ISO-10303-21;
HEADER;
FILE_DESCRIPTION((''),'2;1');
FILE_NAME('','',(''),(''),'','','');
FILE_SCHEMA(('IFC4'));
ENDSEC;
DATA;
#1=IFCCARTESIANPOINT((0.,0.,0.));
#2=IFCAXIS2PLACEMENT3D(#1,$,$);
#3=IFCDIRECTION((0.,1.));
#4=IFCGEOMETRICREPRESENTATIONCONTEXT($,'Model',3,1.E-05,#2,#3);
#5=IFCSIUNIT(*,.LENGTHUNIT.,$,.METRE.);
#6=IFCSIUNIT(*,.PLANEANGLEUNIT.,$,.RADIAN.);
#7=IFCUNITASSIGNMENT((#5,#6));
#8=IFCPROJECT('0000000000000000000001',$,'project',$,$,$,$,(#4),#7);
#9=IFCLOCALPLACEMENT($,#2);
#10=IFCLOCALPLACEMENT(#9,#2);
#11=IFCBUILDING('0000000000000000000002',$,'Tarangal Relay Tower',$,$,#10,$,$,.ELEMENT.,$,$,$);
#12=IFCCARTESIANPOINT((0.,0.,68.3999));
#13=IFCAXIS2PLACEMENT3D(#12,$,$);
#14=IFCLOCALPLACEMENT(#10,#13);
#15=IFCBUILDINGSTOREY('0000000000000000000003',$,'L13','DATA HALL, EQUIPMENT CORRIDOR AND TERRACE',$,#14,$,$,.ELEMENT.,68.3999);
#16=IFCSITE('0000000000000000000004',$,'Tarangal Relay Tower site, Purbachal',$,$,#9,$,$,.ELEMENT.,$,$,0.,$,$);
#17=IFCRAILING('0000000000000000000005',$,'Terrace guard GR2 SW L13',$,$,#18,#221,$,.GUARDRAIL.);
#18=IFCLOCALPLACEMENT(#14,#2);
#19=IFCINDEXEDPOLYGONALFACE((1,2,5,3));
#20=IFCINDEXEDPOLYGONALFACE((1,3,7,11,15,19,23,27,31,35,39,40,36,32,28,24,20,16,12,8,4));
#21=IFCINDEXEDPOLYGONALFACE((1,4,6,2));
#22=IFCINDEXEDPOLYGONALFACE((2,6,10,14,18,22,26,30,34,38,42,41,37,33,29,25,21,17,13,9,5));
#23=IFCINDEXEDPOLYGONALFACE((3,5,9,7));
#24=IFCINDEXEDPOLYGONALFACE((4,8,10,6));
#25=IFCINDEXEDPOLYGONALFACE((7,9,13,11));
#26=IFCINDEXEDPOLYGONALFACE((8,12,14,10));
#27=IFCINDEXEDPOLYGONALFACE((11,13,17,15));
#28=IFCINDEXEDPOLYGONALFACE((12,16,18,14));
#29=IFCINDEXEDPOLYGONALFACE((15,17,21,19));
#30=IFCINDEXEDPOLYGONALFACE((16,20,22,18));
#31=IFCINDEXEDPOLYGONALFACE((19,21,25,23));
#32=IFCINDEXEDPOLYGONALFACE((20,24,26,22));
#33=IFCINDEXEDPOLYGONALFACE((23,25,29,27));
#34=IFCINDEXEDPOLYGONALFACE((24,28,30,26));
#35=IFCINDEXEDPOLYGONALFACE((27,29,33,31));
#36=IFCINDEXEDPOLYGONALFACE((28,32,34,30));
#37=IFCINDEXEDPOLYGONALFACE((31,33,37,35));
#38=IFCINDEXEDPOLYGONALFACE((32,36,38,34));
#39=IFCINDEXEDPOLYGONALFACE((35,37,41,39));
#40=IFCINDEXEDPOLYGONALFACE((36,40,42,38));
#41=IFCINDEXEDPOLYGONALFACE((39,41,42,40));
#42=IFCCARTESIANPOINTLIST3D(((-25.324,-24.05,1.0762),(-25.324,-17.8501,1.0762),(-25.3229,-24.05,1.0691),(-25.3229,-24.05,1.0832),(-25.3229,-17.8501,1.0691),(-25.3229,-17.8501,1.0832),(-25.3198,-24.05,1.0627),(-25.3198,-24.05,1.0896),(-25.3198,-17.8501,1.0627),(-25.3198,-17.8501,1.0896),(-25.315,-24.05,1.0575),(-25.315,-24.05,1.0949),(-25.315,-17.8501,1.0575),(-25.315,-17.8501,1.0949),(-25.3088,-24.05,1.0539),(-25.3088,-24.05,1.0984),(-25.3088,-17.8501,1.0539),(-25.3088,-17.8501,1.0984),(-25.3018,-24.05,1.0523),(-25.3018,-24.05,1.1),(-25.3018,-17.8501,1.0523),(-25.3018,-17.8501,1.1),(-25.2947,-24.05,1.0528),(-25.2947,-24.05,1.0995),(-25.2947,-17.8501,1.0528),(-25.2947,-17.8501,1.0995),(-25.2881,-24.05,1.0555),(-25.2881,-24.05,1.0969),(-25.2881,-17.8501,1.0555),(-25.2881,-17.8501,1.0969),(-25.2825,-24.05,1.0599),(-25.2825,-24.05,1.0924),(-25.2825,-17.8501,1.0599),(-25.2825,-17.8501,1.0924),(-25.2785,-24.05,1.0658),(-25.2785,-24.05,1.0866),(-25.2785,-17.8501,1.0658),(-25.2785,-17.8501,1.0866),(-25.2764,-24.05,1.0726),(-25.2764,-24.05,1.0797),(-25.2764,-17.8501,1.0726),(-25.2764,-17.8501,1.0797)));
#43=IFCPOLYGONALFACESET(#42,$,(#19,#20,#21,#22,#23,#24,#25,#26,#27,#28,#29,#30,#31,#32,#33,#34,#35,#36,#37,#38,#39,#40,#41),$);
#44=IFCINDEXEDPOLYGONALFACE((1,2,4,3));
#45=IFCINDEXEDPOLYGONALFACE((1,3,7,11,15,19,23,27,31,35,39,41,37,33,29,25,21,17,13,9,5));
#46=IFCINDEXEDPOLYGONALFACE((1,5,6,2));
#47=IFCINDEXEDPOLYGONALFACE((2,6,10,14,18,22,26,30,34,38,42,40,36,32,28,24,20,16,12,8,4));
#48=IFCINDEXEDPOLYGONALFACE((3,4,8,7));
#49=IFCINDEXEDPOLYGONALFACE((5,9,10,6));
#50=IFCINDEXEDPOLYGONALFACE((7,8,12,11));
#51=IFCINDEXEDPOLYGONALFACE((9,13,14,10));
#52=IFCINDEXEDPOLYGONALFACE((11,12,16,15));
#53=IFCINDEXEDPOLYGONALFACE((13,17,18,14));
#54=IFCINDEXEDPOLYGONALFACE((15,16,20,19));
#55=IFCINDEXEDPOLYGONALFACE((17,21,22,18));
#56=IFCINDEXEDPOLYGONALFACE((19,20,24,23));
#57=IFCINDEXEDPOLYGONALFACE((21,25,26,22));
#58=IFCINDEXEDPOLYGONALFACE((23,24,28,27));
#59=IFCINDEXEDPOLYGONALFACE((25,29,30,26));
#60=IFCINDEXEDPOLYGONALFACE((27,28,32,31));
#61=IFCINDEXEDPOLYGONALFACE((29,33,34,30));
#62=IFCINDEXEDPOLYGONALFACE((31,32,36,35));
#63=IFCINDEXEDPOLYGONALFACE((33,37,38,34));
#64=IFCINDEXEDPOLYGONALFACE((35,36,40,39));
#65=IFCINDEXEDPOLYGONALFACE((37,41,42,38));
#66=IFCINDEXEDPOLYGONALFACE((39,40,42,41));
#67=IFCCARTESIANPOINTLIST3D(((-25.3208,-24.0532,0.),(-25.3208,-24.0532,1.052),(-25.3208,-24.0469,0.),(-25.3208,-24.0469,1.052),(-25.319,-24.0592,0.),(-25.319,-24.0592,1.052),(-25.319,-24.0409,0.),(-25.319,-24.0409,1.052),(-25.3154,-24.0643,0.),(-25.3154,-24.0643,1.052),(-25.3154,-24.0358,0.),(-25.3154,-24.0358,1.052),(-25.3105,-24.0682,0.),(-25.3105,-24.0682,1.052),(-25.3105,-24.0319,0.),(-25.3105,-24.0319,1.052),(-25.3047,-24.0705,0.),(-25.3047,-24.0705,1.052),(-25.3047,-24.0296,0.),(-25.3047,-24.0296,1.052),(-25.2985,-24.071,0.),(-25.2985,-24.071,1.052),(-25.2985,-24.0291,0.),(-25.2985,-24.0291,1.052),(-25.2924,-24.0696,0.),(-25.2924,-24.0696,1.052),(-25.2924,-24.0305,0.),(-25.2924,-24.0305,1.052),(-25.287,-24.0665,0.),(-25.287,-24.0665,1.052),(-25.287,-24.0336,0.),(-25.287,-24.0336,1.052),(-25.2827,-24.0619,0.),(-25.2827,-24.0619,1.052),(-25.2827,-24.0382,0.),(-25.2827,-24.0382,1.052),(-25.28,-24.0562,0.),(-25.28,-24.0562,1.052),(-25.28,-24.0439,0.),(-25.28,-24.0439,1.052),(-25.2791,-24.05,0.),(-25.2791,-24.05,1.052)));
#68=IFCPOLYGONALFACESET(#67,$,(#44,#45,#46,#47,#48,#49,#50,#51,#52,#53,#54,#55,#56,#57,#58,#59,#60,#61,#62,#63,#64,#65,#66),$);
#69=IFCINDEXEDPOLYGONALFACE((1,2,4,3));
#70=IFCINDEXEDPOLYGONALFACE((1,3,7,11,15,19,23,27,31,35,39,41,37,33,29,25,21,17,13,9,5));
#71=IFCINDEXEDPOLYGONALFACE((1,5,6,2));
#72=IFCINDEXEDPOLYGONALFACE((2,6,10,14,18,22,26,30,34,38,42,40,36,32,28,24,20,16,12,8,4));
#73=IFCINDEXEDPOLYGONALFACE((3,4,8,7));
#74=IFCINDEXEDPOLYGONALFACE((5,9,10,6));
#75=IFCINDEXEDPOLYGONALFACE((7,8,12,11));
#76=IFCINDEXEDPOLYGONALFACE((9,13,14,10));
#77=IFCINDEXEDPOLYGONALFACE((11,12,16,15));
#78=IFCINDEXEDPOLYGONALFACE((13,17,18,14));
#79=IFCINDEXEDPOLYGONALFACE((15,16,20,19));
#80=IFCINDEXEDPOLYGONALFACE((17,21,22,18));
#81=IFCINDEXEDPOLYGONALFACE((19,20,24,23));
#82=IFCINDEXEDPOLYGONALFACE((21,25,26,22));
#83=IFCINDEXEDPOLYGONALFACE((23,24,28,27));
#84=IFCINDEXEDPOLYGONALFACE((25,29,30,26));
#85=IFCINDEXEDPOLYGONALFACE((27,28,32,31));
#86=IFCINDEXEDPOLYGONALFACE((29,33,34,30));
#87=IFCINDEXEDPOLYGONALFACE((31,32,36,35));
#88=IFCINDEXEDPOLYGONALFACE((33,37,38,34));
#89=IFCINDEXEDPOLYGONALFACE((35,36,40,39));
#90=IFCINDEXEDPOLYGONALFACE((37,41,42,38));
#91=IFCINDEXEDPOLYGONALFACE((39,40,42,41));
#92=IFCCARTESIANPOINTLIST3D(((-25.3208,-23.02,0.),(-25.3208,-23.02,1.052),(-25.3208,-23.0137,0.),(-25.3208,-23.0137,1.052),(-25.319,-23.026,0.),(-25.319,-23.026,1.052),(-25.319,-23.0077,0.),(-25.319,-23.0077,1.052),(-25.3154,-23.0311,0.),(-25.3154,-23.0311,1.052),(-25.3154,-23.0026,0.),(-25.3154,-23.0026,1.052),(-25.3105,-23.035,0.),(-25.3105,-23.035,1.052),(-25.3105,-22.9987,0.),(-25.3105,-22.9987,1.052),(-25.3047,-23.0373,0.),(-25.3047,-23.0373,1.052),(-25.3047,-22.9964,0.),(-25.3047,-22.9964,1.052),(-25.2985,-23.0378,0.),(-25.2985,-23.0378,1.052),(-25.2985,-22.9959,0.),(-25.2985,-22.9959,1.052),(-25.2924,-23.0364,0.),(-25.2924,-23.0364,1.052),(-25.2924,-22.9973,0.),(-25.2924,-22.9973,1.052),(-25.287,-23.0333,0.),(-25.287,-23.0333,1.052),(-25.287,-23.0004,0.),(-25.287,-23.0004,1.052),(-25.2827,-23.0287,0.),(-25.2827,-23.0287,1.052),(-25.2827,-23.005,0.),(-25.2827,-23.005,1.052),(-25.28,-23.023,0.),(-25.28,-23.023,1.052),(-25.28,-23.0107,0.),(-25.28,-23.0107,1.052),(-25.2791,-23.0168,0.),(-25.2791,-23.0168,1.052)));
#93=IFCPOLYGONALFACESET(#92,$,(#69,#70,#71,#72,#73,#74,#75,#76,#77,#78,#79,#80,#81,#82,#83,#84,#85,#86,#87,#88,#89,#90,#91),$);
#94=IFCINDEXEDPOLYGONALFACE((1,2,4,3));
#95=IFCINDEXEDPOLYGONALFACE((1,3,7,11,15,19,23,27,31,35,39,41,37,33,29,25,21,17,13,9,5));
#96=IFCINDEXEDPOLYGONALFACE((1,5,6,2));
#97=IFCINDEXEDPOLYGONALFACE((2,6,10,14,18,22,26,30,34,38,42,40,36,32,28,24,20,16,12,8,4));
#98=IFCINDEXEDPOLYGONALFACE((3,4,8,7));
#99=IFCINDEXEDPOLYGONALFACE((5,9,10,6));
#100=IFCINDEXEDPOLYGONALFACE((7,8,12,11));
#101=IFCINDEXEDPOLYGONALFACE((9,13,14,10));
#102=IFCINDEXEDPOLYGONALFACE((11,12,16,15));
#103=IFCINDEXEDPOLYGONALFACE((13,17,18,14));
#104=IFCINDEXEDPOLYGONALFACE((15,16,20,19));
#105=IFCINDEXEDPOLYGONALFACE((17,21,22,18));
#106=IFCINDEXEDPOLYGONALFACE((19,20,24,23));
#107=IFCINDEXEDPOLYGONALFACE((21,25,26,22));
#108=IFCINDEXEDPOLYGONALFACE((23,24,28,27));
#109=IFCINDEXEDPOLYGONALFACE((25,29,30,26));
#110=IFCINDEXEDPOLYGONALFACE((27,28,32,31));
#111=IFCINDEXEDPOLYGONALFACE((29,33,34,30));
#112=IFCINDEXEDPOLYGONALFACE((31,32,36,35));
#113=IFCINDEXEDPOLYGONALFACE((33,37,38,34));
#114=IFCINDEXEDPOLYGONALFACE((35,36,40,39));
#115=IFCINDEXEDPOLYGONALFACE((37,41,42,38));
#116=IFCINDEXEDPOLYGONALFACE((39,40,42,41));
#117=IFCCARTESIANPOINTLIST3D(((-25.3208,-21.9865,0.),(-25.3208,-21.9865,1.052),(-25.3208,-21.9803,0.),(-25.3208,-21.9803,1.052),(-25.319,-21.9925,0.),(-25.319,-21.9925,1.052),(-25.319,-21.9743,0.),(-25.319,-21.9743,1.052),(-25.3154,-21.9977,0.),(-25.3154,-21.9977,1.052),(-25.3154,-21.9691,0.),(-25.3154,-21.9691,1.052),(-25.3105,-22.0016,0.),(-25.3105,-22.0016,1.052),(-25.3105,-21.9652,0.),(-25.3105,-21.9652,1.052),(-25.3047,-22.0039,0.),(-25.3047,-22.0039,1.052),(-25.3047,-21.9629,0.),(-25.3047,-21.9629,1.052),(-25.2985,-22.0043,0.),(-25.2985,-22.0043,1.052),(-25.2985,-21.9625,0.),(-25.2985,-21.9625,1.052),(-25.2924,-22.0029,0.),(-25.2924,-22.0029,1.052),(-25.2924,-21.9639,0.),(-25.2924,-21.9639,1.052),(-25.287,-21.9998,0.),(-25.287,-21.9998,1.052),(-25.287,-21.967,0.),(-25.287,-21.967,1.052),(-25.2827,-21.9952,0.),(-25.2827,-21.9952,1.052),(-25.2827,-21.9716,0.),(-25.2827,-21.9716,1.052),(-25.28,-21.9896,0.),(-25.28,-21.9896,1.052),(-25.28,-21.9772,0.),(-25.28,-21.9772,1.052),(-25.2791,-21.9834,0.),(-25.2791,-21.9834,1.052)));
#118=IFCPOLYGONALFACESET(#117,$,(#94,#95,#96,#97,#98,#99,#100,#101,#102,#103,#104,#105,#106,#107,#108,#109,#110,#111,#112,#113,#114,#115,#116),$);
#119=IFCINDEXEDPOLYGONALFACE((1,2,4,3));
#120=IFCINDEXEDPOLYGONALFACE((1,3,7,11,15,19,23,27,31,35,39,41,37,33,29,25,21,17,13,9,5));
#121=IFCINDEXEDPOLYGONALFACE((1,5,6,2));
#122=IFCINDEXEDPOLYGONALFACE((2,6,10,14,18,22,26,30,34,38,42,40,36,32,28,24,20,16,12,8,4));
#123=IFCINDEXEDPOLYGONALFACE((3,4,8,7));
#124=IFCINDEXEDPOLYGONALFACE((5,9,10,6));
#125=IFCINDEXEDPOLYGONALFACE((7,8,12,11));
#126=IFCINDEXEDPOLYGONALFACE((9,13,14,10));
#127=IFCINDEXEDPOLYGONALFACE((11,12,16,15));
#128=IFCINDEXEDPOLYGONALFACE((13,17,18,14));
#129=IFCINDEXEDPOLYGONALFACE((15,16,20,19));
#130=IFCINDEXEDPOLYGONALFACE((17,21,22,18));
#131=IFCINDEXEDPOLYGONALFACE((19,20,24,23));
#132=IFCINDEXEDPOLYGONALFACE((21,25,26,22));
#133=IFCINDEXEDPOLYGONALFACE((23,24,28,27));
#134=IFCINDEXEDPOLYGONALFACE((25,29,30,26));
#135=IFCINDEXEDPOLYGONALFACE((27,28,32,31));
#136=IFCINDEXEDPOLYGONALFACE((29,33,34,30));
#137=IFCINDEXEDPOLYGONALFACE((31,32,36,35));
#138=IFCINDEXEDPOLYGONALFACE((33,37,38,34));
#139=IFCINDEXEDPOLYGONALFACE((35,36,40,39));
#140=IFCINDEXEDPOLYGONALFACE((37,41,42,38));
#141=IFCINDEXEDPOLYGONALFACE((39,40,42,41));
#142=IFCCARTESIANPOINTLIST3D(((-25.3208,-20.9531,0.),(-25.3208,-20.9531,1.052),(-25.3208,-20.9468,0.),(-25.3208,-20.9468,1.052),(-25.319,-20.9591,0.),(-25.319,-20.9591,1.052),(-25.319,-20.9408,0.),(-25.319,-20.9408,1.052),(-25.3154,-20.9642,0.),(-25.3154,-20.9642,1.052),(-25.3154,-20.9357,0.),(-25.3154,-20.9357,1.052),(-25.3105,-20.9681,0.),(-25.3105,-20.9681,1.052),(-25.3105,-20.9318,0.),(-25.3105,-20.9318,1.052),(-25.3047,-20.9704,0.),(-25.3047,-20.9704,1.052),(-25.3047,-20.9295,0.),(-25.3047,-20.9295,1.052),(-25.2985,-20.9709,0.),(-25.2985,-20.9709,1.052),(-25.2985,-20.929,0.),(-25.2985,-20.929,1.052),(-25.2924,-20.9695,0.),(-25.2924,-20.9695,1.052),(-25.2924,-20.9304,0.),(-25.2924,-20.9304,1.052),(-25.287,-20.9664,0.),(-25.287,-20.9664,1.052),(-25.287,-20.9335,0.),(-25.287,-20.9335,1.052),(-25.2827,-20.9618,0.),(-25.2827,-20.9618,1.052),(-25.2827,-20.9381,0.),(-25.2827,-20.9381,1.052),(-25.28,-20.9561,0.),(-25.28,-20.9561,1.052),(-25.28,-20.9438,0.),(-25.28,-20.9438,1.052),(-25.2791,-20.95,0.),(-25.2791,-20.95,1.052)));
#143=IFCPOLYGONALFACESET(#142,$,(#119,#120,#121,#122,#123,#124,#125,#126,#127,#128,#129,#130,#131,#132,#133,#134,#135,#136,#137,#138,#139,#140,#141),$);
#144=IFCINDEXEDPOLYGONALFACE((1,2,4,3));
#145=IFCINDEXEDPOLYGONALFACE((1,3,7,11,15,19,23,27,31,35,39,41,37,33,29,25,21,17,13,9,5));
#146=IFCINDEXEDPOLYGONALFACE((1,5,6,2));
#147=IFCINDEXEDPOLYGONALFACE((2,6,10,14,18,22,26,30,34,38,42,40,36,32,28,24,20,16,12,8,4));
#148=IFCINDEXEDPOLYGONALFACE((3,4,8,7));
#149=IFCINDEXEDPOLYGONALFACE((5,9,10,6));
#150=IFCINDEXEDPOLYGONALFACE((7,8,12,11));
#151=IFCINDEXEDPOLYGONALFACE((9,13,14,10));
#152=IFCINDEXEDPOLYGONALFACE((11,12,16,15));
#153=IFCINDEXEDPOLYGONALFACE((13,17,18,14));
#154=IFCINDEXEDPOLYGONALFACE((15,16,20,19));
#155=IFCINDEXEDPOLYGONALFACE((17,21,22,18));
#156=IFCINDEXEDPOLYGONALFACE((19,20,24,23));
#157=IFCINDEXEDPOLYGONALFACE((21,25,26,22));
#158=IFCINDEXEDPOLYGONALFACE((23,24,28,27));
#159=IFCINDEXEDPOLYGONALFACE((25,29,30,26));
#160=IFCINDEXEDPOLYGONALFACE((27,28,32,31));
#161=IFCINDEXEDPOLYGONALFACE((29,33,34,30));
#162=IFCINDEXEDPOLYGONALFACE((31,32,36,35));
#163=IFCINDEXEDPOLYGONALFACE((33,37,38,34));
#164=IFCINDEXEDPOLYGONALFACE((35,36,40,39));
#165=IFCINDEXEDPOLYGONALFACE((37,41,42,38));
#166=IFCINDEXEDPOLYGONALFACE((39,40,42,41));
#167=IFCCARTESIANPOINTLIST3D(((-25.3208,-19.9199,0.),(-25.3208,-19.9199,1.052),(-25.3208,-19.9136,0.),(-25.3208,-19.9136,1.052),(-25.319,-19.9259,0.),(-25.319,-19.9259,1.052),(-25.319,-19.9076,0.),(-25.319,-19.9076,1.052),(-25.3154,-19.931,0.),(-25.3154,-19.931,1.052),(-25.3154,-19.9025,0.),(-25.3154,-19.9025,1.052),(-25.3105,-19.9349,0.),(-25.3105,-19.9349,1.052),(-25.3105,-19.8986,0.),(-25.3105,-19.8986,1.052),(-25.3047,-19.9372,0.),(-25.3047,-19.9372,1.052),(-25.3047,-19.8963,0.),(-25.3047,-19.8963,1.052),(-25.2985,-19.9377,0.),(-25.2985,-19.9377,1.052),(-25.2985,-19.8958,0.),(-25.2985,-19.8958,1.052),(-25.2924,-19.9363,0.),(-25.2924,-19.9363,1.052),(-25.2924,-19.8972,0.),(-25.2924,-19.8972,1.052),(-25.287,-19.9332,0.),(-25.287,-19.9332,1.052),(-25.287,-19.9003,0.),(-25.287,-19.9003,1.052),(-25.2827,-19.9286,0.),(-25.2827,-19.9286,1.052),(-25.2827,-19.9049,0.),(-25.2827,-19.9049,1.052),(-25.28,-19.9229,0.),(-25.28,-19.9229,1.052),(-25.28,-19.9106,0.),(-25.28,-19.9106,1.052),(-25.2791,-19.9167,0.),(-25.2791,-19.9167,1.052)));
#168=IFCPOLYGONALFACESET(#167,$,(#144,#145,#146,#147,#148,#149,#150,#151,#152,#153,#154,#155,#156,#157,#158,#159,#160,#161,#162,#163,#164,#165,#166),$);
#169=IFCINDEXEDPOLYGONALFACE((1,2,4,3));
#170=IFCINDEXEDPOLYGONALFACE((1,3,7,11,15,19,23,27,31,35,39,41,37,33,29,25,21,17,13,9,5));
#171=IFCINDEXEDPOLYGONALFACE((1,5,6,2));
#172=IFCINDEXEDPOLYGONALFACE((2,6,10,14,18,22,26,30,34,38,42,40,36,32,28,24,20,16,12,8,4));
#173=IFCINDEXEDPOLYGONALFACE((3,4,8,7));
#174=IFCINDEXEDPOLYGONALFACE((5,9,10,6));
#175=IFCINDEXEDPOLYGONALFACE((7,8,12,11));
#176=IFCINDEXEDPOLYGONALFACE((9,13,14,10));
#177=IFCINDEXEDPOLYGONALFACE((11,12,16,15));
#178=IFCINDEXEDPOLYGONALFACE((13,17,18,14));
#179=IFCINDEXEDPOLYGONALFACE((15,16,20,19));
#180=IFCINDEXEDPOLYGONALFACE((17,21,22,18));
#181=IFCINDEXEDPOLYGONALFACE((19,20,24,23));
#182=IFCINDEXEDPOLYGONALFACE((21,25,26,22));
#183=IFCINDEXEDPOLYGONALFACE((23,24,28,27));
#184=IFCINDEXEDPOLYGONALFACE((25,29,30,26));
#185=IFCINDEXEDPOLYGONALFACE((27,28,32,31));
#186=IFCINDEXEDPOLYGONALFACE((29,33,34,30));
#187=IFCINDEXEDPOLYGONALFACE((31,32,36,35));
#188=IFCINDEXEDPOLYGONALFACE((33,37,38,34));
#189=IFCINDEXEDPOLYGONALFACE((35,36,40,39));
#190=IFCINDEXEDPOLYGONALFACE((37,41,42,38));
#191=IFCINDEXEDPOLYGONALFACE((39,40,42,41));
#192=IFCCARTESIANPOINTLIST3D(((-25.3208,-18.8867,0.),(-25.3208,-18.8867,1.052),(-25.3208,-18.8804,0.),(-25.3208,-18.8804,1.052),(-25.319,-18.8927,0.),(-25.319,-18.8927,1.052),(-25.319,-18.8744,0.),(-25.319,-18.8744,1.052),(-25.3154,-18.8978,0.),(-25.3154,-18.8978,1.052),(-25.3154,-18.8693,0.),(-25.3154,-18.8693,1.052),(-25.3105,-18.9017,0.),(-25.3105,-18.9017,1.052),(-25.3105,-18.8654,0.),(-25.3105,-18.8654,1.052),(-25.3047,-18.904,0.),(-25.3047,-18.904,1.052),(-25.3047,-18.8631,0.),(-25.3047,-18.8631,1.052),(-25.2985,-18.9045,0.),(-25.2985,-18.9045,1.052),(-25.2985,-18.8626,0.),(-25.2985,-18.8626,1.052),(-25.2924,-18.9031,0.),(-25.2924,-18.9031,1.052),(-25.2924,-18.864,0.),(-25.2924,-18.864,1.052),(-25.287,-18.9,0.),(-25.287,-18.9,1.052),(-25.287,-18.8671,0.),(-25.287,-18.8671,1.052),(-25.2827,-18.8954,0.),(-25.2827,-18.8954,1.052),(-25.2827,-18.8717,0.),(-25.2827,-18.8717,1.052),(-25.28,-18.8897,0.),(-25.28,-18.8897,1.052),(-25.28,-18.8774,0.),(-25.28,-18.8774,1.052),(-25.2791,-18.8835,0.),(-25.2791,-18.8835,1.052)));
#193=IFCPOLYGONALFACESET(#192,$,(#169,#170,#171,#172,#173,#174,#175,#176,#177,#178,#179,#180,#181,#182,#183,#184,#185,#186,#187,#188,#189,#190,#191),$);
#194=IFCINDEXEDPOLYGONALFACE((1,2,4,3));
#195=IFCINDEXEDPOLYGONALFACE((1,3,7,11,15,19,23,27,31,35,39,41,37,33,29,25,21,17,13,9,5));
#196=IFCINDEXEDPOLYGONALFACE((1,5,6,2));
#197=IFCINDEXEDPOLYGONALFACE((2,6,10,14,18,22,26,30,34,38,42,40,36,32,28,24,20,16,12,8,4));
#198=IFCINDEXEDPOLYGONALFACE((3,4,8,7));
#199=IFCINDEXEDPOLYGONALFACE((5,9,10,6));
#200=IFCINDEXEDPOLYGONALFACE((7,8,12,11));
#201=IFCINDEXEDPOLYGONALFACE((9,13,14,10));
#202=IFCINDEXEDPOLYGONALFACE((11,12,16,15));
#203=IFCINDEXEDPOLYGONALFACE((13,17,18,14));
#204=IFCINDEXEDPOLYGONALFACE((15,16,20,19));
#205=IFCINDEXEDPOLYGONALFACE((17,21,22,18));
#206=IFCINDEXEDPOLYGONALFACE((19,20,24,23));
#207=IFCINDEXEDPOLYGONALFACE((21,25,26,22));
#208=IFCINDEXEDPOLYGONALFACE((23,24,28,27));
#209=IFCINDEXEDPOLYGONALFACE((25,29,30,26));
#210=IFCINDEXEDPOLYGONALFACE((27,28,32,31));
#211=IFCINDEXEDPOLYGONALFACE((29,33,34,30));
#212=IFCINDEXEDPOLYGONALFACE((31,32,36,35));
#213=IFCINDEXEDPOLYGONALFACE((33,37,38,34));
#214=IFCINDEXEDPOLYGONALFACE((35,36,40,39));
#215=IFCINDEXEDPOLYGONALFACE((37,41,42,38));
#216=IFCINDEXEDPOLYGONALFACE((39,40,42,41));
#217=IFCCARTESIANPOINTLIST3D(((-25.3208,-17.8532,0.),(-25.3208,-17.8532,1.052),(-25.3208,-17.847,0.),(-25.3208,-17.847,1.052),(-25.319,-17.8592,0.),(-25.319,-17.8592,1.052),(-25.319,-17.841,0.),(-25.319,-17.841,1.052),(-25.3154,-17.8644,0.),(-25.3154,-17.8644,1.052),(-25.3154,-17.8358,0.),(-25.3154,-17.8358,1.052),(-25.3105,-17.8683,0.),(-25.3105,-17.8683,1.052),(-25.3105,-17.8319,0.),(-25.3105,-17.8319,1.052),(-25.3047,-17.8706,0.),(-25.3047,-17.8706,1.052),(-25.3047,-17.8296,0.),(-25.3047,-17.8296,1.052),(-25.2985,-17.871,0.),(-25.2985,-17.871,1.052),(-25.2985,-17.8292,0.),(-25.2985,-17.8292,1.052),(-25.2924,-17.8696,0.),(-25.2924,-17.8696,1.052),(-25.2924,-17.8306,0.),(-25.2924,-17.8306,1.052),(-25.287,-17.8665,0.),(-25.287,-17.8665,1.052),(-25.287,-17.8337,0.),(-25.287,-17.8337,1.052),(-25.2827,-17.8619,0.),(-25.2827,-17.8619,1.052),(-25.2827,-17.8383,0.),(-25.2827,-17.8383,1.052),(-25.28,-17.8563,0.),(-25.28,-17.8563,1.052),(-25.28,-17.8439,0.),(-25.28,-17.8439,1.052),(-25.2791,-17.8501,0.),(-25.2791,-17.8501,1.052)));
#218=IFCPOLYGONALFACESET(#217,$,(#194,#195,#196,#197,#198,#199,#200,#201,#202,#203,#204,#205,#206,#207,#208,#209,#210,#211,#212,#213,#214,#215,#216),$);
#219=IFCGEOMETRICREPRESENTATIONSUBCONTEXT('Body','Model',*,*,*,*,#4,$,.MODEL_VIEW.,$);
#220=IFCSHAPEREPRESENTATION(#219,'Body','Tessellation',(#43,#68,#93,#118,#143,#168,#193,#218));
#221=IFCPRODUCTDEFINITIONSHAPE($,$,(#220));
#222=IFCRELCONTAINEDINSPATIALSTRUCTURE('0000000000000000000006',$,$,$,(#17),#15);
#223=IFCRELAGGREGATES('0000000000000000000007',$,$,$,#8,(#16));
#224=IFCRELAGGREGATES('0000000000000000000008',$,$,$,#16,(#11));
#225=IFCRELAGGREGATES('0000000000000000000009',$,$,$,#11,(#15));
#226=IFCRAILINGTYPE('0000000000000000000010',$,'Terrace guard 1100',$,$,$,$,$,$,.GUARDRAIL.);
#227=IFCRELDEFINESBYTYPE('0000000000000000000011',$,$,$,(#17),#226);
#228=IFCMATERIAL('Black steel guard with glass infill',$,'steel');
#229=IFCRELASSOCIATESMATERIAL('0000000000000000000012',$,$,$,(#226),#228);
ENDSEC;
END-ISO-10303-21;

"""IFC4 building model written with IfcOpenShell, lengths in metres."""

from ifc_helpers import new_model, si_unit, direction, frame, origin, origin_2d, place, context, subcontext, project, spatial, circle, extrude, material, type_object, element, save


model = new_model("IFC4")

# Units and contexts
model_context = context("Model", 3, precision=1e-05, world=origin(), true_north=direction((0.0, 1.0)))
body_context = subcontext(model_context, "Body", "Model", "MODEL_VIEW")
ifc_project = project(units=[si_unit("LENGTHUNIT", "METRE"), si_unit("PLANEANGLEUNIT", "RADIAN")], contexts=[model_context])

# Site, building, storey
site_placement = place(None, origin())
site = spatial("IfcSite", under=ifc_project, at=site_placement, Name="Tarangal Relay Tower site, Purbachal", CompositionType="ELEMENT", RefElevation=0.0)
building_placement = place(site_placement, origin())
building = spatial("IfcBuilding", under=site, at=building_placement, Name="Tarangal Relay Tower", CompositionType="ELEMENT")
storey_placement = place(building_placement, frame((0.0, 0.0, 68.3999)))
storey = spatial("IfcBuildingStorey", under=building, at=storey_placement, Name="L13", Description="DATA HALL, EQUIPMENT CORRIDOR AND TERRACE", CompositionType="ELEMENT", Elevation=68.3999)

# Railing
ifc_material_1 = material(Name="Black steel guard with glass infill", Category="steel")
railing_type = type_object("IfcRailingType", Name="Terrace guard 1100", PredefinedType="GUARDRAIL", material=ifc_material_1)
railing_1_placement = place(storey_placement, frame((-25.3, -24.05, 0.0)))
element("IfcRailing", 1, at=railing_1_placement, inside=storey, type_object=railing_type, Name="Terrace guard GR2 SW L13", PredefinedType="GUARDRAIL", context=body_context, shape_type="SweptSolid", body=[
    extrude(circle(Radius=0.0239, at=origin_2d()), frame((0.0, 0.0, 1.0762), z_axis=(0.0, 1.0, 0.0), x_axis=(-1.0, 0.0, 0.0)), (0.0, 0.0, 1.0), 6.2),
    extrude(circle(Radius=0.021, at=origin_2d()), origin(), (0.0, 0.0, 1.0), 1.052),
    extrude(circle(Radius=0.021, at=origin_2d()), frame((0.0, 1.0332, 0.0)), (0.0, 0.0, 1.0), 1.052),
    extrude(circle(Radius=0.021, at=origin_2d()), frame((0.0, 2.0667, 0.0)), (0.0, 0.0, 1.0), 1.052),
    extrude(circle(Radius=0.021, at=origin_2d()), frame((0.0, 3.1001, 0.0)), (0.0, 0.0, 1.0), 1.052),
    extrude(circle(Radius=0.021, at=origin_2d()), frame((0.0, 4.1333, 0.0)), (0.0, 0.0, 1.0), 1.052),
    extrude(circle(Radius=0.021, at=origin_2d()), frame((0.0, 5.1665, 0.0)), (0.0, 0.0, 1.0), 1.052),
    extrude(circle(Radius=0.021, at=origin_2d()), frame((0.0, 6.2, 0.0)), (0.0, 0.0, 1.0), 1.052),
])

save(model, "model.ifc")
